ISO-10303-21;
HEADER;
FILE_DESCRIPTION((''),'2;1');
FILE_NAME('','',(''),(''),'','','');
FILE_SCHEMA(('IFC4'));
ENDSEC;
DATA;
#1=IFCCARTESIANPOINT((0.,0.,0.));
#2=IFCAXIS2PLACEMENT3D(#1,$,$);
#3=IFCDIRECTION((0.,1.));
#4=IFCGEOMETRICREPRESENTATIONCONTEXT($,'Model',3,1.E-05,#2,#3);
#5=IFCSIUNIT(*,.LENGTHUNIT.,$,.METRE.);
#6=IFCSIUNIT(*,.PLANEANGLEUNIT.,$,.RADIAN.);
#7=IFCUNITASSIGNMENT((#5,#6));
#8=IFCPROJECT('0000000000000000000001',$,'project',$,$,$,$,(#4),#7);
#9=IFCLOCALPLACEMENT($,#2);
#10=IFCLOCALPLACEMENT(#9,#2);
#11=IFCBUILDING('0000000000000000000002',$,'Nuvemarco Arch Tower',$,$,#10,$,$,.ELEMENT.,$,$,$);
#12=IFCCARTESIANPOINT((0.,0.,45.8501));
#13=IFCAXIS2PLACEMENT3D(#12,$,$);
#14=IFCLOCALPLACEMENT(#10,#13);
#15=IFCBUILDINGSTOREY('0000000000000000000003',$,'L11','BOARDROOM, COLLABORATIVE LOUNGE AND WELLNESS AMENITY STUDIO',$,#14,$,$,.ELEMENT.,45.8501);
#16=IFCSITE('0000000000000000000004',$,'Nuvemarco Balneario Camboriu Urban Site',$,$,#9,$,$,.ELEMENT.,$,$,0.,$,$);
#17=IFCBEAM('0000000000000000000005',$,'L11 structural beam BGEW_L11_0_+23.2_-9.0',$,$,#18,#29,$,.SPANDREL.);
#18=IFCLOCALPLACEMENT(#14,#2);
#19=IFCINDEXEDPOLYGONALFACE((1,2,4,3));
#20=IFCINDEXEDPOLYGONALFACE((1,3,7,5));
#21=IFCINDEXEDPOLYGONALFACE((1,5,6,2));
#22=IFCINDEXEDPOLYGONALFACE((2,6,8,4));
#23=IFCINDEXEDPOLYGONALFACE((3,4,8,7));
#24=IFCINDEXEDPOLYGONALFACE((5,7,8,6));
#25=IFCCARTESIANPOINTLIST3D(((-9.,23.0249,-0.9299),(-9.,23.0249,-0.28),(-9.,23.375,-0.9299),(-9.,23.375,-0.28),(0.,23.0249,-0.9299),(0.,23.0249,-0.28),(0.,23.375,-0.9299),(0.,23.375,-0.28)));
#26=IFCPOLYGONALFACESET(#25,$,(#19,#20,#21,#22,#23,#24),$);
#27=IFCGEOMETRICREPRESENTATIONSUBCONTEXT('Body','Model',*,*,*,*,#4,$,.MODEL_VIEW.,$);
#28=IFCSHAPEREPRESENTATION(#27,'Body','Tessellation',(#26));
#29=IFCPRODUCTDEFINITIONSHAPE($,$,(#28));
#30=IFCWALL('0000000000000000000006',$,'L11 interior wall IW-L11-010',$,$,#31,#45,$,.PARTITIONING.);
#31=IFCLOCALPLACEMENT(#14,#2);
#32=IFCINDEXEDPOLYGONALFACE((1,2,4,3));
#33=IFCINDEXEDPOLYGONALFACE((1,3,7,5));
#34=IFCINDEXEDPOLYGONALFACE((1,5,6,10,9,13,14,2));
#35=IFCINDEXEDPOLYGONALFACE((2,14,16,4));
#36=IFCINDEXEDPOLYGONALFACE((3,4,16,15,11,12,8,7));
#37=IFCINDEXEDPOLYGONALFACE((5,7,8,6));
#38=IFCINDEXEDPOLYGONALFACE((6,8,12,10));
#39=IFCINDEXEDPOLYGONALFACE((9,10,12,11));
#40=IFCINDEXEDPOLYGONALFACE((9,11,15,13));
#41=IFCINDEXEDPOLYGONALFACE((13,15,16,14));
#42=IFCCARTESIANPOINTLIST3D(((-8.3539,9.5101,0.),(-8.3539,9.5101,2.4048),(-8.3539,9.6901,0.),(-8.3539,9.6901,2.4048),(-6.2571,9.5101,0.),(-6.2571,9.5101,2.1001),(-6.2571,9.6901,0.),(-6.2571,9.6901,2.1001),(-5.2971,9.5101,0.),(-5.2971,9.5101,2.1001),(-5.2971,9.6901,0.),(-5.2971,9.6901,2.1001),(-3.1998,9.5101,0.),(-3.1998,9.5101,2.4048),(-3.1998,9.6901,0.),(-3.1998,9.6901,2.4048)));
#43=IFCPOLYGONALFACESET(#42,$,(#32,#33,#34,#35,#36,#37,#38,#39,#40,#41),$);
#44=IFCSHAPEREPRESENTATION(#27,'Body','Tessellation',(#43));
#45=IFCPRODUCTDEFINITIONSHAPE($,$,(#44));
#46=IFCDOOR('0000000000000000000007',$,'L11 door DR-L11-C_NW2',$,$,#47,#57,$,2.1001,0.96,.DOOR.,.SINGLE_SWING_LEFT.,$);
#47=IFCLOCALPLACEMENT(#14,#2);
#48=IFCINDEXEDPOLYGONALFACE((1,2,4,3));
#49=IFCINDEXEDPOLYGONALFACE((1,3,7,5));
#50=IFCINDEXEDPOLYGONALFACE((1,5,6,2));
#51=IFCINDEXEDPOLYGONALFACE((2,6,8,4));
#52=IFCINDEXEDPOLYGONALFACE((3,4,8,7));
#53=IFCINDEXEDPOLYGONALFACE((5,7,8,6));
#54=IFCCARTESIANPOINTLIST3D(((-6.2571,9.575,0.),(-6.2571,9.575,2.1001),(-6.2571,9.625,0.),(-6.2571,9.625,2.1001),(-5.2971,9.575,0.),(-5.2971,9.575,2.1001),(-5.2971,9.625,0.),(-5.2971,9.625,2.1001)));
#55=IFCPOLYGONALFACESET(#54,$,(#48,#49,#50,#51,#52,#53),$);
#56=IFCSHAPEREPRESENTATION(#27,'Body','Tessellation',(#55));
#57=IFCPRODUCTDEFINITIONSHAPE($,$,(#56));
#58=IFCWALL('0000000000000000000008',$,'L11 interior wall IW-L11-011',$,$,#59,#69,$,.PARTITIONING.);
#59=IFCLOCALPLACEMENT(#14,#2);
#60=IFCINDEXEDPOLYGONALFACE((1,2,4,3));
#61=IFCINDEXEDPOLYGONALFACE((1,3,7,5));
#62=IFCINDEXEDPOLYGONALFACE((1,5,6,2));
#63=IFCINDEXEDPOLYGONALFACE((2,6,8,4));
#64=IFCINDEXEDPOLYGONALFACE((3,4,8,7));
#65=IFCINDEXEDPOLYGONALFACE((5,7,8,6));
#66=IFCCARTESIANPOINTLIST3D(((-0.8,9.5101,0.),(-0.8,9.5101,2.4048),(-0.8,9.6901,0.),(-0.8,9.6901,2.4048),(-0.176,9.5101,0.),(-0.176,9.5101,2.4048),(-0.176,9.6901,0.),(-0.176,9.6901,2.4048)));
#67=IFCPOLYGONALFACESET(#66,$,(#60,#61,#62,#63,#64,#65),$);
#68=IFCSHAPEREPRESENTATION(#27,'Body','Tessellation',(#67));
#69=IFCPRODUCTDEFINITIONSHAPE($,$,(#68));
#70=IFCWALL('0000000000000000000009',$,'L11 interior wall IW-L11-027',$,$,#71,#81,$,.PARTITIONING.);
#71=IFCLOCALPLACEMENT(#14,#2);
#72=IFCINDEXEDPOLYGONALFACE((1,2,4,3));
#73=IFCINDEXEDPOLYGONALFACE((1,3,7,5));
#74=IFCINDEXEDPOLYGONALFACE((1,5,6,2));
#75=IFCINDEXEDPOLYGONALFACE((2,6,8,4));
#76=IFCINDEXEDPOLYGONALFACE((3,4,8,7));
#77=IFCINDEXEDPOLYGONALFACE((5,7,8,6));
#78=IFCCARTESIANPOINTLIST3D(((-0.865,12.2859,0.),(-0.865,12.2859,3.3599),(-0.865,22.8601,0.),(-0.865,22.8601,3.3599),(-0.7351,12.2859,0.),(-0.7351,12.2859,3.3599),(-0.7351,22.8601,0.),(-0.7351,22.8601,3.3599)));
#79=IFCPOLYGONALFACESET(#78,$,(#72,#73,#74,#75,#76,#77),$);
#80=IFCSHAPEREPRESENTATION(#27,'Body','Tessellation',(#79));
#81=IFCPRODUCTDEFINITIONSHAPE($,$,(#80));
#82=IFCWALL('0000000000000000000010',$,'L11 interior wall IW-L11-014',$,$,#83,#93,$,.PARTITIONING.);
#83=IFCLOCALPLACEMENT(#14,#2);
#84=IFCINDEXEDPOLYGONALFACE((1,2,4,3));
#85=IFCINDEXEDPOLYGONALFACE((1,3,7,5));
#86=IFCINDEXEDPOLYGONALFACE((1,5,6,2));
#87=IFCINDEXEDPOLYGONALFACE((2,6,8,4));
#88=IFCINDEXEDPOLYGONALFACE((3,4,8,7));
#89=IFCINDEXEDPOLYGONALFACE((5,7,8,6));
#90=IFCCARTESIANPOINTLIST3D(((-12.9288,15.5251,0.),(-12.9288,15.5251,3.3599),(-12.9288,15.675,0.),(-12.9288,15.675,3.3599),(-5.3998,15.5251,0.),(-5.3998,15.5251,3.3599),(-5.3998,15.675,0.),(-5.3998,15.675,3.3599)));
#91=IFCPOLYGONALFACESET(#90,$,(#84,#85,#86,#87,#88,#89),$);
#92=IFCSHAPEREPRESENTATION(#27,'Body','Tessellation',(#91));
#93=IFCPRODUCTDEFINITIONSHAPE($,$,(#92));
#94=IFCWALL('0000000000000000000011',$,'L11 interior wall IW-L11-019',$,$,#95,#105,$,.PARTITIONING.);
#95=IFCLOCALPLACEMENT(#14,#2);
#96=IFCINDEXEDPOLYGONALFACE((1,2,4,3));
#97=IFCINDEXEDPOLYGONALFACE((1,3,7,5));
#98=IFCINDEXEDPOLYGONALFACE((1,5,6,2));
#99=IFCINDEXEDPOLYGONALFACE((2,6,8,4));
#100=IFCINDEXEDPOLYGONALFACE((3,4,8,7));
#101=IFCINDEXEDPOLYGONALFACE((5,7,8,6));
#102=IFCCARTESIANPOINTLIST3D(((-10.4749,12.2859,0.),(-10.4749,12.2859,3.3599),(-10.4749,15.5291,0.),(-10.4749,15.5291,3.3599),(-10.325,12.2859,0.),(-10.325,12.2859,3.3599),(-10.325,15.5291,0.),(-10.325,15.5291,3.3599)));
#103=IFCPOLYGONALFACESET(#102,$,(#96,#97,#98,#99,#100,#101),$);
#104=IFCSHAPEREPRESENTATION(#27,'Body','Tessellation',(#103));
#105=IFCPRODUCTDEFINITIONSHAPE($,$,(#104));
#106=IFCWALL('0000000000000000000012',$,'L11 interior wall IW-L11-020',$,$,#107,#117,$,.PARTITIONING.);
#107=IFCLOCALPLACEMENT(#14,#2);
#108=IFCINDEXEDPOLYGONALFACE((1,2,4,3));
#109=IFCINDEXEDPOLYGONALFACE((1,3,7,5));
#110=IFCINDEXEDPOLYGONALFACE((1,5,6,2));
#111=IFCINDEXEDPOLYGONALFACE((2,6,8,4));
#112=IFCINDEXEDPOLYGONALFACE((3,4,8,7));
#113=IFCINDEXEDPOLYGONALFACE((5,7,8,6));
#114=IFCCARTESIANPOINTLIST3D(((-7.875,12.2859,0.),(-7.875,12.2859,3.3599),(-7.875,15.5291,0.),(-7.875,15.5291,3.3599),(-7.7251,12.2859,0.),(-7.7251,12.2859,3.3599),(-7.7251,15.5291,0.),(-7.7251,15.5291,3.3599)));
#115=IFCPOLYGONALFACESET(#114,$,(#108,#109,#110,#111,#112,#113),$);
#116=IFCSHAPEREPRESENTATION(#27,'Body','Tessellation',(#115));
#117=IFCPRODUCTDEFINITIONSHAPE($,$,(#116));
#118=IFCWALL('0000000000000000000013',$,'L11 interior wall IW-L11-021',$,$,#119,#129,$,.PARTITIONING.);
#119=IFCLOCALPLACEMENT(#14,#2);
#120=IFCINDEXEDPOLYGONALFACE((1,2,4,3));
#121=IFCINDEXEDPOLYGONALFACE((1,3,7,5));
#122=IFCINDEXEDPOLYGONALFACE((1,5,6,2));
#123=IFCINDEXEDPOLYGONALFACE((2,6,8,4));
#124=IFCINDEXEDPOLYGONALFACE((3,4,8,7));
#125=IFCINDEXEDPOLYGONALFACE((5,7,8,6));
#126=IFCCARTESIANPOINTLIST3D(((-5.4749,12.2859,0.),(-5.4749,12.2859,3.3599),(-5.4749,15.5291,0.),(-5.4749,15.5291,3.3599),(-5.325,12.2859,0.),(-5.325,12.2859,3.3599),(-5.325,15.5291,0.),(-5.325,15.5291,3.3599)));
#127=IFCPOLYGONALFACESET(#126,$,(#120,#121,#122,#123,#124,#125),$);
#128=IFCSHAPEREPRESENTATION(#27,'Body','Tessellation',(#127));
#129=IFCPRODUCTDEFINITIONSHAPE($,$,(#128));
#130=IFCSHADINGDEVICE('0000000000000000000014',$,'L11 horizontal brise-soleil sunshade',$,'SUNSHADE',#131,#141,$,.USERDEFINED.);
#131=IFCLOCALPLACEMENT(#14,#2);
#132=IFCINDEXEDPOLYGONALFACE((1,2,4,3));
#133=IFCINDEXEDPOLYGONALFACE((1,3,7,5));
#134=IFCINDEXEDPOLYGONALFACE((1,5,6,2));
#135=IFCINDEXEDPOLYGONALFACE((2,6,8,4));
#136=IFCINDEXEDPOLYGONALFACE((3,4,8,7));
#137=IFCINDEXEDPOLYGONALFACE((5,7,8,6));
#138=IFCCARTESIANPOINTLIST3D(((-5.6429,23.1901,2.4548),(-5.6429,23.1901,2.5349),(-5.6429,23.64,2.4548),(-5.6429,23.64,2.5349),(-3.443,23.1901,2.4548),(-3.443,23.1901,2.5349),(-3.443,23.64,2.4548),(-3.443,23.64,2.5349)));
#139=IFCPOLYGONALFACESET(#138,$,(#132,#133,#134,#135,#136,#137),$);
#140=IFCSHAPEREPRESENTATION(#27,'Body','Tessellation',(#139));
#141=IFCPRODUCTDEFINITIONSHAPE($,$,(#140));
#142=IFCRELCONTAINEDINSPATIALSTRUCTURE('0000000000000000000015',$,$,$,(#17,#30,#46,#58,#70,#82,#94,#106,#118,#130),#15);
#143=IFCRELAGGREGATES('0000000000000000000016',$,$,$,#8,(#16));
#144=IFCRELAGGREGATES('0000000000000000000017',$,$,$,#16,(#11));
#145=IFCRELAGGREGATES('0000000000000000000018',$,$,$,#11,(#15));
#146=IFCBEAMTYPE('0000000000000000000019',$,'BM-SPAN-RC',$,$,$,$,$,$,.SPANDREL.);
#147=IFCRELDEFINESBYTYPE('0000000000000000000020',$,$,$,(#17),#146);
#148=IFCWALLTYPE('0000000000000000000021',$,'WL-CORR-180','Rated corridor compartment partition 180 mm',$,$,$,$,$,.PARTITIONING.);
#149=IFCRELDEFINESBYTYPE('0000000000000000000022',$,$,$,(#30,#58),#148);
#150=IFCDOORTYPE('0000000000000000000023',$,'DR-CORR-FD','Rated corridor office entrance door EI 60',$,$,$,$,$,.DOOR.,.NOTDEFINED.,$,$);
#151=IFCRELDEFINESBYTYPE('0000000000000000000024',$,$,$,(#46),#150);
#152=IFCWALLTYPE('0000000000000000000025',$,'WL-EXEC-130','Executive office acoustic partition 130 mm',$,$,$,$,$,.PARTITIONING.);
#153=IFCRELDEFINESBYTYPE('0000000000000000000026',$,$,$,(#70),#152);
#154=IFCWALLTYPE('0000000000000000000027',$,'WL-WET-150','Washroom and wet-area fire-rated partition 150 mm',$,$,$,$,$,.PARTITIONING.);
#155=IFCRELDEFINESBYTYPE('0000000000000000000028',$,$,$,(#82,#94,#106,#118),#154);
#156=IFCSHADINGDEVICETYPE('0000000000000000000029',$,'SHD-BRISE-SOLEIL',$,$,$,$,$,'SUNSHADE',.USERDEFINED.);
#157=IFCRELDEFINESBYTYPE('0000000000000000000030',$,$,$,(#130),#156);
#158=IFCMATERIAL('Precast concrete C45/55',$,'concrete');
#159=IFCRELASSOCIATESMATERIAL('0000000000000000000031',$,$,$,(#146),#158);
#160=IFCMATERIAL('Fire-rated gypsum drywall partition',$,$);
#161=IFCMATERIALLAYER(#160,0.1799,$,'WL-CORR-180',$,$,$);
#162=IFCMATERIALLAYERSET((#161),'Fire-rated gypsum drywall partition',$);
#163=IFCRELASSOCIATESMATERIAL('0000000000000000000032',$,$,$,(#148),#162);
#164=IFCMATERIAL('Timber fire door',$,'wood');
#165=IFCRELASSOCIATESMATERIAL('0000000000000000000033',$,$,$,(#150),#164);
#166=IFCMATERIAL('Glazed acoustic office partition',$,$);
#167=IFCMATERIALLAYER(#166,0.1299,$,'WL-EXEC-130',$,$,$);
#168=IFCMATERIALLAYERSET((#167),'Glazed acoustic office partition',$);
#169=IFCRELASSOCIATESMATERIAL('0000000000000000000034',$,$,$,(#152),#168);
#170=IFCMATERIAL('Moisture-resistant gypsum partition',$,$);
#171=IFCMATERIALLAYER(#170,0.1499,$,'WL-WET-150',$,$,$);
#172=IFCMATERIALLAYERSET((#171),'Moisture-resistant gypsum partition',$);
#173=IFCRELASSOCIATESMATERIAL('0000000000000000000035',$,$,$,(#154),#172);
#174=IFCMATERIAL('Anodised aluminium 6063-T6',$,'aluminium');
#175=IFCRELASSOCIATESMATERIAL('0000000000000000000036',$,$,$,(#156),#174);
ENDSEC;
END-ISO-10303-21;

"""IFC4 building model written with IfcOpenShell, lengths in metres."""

from ifc_helpers import new_model, si_unit, direction, frame, frame_2d, origin, origin_2d, place, context, subcontext, project, spatial, rectangle, extrude, source, transform, mapped, material, layer, layer_set, material_profile, profile_set, type_object, type_shapes, element, fill, save


model = new_model("IFC4")

# Units and contexts
model_context = context("Model", 3, precision=1e-05, world=origin(), true_north=direction((0.0, 1.0)))
body_context = subcontext(model_context, "Body", "Model", "MODEL_VIEW")
ifc_project = project(units=[si_unit("LENGTHUNIT", "METRE"), si_unit("PLANEANGLEUNIT", "RADIAN")], contexts=[model_context])

# Site, building, storey
site_placement = place(None, origin())
site = spatial("IfcSite", under=ifc_project, at=site_placement, Name="Nuvemarco Balneario Camboriu Urban Site", CompositionType="ELEMENT", RefElevation=0.0)
building_placement = place(site_placement, origin())
building = spatial("IfcBuilding", under=site, at=building_placement, Name="Nuvemarco Arch Tower", CompositionType="ELEMENT")
storey_placement = place(building_placement, frame((0.0, 0.0, 45.8501)))
storey = spatial("IfcBuildingStorey", under=building, at=storey_placement, Name="L11", Description="BOARDROOM, COLLABORATIVE LOUNGE AND WELLNESS AMENITY STUDIO", CompositionType="ELEMENT", Elevation=45.8501)

# Beam
ifc_material_1 = material(Name="Precast concrete C45/55", Category="concrete")
ifc_material_profile_1 = material_profile(ifc_material_1, rectangle(XDim=0.3501, YDim=0.6499, at=origin_2d()), Name="PC-SP-350x650")
ifc_profile_set_1 = profile_set([ifc_material_profile_1], Name="Precast concrete C45/55")
beam_type_1 = type_object("IfcBeamType", Name="BM-SPAN-RC", PredefinedType="SPANDREL", material=ifc_profile_set_1)
beam_1_placement = place(storey_placement, frame((-9.0, 23.2, -0.605), z_axis=(1.0, 0.0, 0.0), x_axis=(0.0, 1.0, 0.0)))
element("IfcBeam", 1, at=beam_1_placement, inside=storey, type_object=beam_type_1, Name="L11 structural beam BGEW_L11_0_+23.2_-9.0", PredefinedType="SPANDREL", context=body_context, shape_type="SweptSolid", body=[
    extrude(rectangle(XDim=0.3501, YDim=0.6499, at=origin_2d()), origin(), (0.0, 0.0, 1.0), 9.0),
])

# Wall, opening, door
ifc_material_2 = material(Name="Fire-rated gypsum drywall partition")
ifc_layer_1 = layer(ifc_material_2, 0.1799, Name="WL-CORR-180")
ifc_layer_set_1 = layer_set([ifc_layer_1], Name="Fire-rated gypsum drywall partition")
wall_type_1 = type_object("IfcWallType", Name="WL-CORR-180", Description="Rated corridor compartment partition 180 mm", PredefinedType="PARTITIONING", material=ifc_layer_set_1)
wall_1_placement = place(storey_placement, frame((-8.354, 9.6001, 0.0), z_axis=(0.0, 0.0, 1.0), x_axis=(1.0, 0.0, 0.0)))
wall_1 = element("IfcWall", 2, at=wall_1_placement, inside=storey, type_object=wall_type_1, Name="L11 interior wall IW-L11-010", PredefinedType="PARTITIONING", context=body_context, shape_type="SweptSolid", body=[
    extrude(rectangle(XDim=5.1541, YDim=0.1799, at=frame_2d((2.5771, 0.0))), origin(), (0.0, 0.0, 1.0), 2.4048),
])
opening_placement = place(wall_1_placement, frame((2.0969, 0.0, 0.0)))
opening = element("IfcOpeningElement", 3, at=opening_placement, cuts=wall_1, PredefinedType="OPENING", context=body_context, shape_type="SweptSolid", body=[
    extrude(rectangle(XDim=0.96, YDim=2.1001, at=frame_2d((0.48, 1.05))), frame((0.0, 0.0999, 0.0), z_axis=(0.0, -1.0, 0.0), x_axis=(1.0, 0.0, 0.0)), (0.0, 0.0, 1.0), 0.2),
])
ifc_material_3 = material(Name="Timber fire door", Category="wood")
door_type = type_object("IfcDoorType", Name="DR-CORR-FD", Description="Rated corridor office entrance door EI 60", OperationType="NOTDEFINED", PredefinedType="DOOR", material=ifc_material_3)
shared_shape_1 = source(origin(), body_context, "Body", "SweptSolid", [
    extrude(rectangle(XDim=0.96, YDim=2.1001, at=frame_2d((0.48, 1.05))), frame((0.0, 0.0249, 0.0), z_axis=(0.0, -1.0, 0.0), x_axis=(1.0, 0.0, 0.0)), (0.0, 0.0, 1.0), 0.05),
])
type_shapes(door_type, [shared_shape_1])
door_placement = place(opening_placement, origin())
door = element("IfcDoor", 4, at=door_placement, inside=storey, type_object=door_type, Name="L11 door DR-L11-C_NW2", OperationType="SINGLE_SWING_LEFT", OverallHeight=2.1001, OverallWidth=0.96, PredefinedType="DOOR", context=body_context, shape_type="MappedRepresentation", body=[
    mapped(shared_shape_1, transform((0.0, 0.0, 0.0), scale=1.0)),
])
fill(opening, door)

# Walls
wall_2_placement = place(storey_placement, frame((-0.8, 9.6001, 0.0), z_axis=(0.0, 0.0, 1.0), x_axis=(1.0, 0.0, 0.0)))
element("IfcWall", 5, at=wall_2_placement, inside=storey, type_object=wall_type_1, Name="L11 interior wall IW-L11-011", PredefinedType="PARTITIONING", context=body_context, shape_type="SweptSolid", body=[
    extrude(rectangle(XDim=0.624, YDim=0.1799, at=frame_2d((0.312, 0.0))), origin(), (0.0, 0.0, 1.0), 2.4048),
])
ifc_material_4 = material(Name="Glazed acoustic office partition")
ifc_layer_2 = layer(ifc_material_4, 0.1299, Name="WL-EXEC-130")
ifc_layer_set_2 = layer_set([ifc_layer_2], Name="Glazed acoustic office partition")
wall_type_2 = type_object("IfcWallType", Name="WL-EXEC-130", Description="Executive office acoustic partition 130 mm", PredefinedType="PARTITIONING", material=ifc_layer_set_2)
wall_3_placement = place(storey_placement, frame((-0.8, 12.2859, 0.0), z_axis=(0.0, 0.0, 1.0), x_axis=(0.0, 1.0, 0.0)))
element("IfcWall", 6, at=wall_3_placement, inside=storey, type_object=wall_type_2, Name="L11 interior wall IW-L11-027", PredefinedType="PARTITIONING", context=body_context, shape_type="SweptSolid", body=[
    extrude(rectangle(XDim=10.5742, YDim=0.1299, at=frame_2d((5.2871, 0.0))), origin(), (0.0, 0.0, 1.0), 3.3599),
])
ifc_material_5 = material(Name="Moisture-resistant gypsum partition")
ifc_layer_3 = layer(ifc_material_5, 0.1499, Name="WL-WET-150")
ifc_layer_set_3 = layer_set([ifc_layer_3], Name="Moisture-resistant gypsum partition")
wall_type_3 = type_object("IfcWallType", Name="WL-WET-150", Description="Washroom and wet-area fire-rated partition 150 mm", PredefinedType="PARTITIONING", material=ifc_layer_set_3)
wall_4_placement = place(storey_placement, frame((-12.929, 15.6001, 0.0), z_axis=(0.0, 0.0, 1.0), x_axis=(1.0, 0.0, 0.0)))
element("IfcWall", 7, at=wall_4_placement, inside=storey, type_object=wall_type_3, Name="L11 interior wall IW-L11-014", PredefinedType="PARTITIONING", context=body_context, shape_type="SweptSolid", body=[
    extrude(rectangle(XDim=7.5291, YDim=0.1499, at=frame_2d((3.7646, 0.0))), origin(), (0.0, 0.0, 1.0), 3.3599),
])
for number, where, z_axis, x_axis, name in (
    (8, (-10.3999, 12.2859, 0.0), (0.0, 0.0, 1.0), (0.0, 1.0, 0.0), "L11 interior wall IW-L11-019"),
    (9, (-7.8, 12.2859, 0.0), (0.0, 0.0, 1.0), (0.0, 1.0, 0.0), "L11 interior wall IW-L11-020"),
    (10, (-5.3999, 12.2859, 0.0), (0.0, 0.0, 1.0), (0.0, 1.0, 0.0), "L11 interior wall IW-L11-021"),
):
    element("IfcWall", number, at=place(storey_placement, frame(where, z_axis=z_axis, x_axis=x_axis)), inside=storey, type_object=wall_type_3, Name=name, PredefinedType="PARTITIONING", context=body_context, shape_type="SweptSolid", body=[
        extrude(rectangle(XDim=3.2432, YDim=0.1499, at=frame_2d((1.6216, 0.0))), origin(), (0.0, 0.0, 1.0), 3.3599),
    ])

# Shading device
ifc_material_6 = material(Name="Anodised aluminium 6063-T6", Category="aluminium")
shading_device_type = type_object("IfcShadingDeviceType", Name="SHD-BRISE-SOLEIL", ElementType="SUNSHADE", PredefinedType="USERDEFINED", material=ifc_material_6)
shared_shape_2 = source(origin(), body_context, "Body", "SweptSolid", [
    extrude(rectangle(XDim=2.2, YDim=0.45, at=origin_2d()), origin(), (0.0, 0.0, 1.0), 0.0801),
])
type_shapes(shading_device_type, [shared_shape_2])
shading_device_placement = place(storey_placement, frame((-4.543, 23.415, 2.4548), z_axis=(0.0, 0.0, 1.0), x_axis=(1.0, 0.0, 0.0)))
element("IfcShadingDevice", 11, at=shading_device_placement, inside=storey, type_object=shading_device_type, Name="L11 horizontal brise-soleil sunshade", ObjectType="SUNSHADE", PredefinedType="USERDEFINED", context=body_context, shape_type="MappedRepresentation", body=[
    mapped(shared_shape_2, transform((0.0, 0.0, 0.0), scale=1.0)),
])

save(model, "model.ifc")
